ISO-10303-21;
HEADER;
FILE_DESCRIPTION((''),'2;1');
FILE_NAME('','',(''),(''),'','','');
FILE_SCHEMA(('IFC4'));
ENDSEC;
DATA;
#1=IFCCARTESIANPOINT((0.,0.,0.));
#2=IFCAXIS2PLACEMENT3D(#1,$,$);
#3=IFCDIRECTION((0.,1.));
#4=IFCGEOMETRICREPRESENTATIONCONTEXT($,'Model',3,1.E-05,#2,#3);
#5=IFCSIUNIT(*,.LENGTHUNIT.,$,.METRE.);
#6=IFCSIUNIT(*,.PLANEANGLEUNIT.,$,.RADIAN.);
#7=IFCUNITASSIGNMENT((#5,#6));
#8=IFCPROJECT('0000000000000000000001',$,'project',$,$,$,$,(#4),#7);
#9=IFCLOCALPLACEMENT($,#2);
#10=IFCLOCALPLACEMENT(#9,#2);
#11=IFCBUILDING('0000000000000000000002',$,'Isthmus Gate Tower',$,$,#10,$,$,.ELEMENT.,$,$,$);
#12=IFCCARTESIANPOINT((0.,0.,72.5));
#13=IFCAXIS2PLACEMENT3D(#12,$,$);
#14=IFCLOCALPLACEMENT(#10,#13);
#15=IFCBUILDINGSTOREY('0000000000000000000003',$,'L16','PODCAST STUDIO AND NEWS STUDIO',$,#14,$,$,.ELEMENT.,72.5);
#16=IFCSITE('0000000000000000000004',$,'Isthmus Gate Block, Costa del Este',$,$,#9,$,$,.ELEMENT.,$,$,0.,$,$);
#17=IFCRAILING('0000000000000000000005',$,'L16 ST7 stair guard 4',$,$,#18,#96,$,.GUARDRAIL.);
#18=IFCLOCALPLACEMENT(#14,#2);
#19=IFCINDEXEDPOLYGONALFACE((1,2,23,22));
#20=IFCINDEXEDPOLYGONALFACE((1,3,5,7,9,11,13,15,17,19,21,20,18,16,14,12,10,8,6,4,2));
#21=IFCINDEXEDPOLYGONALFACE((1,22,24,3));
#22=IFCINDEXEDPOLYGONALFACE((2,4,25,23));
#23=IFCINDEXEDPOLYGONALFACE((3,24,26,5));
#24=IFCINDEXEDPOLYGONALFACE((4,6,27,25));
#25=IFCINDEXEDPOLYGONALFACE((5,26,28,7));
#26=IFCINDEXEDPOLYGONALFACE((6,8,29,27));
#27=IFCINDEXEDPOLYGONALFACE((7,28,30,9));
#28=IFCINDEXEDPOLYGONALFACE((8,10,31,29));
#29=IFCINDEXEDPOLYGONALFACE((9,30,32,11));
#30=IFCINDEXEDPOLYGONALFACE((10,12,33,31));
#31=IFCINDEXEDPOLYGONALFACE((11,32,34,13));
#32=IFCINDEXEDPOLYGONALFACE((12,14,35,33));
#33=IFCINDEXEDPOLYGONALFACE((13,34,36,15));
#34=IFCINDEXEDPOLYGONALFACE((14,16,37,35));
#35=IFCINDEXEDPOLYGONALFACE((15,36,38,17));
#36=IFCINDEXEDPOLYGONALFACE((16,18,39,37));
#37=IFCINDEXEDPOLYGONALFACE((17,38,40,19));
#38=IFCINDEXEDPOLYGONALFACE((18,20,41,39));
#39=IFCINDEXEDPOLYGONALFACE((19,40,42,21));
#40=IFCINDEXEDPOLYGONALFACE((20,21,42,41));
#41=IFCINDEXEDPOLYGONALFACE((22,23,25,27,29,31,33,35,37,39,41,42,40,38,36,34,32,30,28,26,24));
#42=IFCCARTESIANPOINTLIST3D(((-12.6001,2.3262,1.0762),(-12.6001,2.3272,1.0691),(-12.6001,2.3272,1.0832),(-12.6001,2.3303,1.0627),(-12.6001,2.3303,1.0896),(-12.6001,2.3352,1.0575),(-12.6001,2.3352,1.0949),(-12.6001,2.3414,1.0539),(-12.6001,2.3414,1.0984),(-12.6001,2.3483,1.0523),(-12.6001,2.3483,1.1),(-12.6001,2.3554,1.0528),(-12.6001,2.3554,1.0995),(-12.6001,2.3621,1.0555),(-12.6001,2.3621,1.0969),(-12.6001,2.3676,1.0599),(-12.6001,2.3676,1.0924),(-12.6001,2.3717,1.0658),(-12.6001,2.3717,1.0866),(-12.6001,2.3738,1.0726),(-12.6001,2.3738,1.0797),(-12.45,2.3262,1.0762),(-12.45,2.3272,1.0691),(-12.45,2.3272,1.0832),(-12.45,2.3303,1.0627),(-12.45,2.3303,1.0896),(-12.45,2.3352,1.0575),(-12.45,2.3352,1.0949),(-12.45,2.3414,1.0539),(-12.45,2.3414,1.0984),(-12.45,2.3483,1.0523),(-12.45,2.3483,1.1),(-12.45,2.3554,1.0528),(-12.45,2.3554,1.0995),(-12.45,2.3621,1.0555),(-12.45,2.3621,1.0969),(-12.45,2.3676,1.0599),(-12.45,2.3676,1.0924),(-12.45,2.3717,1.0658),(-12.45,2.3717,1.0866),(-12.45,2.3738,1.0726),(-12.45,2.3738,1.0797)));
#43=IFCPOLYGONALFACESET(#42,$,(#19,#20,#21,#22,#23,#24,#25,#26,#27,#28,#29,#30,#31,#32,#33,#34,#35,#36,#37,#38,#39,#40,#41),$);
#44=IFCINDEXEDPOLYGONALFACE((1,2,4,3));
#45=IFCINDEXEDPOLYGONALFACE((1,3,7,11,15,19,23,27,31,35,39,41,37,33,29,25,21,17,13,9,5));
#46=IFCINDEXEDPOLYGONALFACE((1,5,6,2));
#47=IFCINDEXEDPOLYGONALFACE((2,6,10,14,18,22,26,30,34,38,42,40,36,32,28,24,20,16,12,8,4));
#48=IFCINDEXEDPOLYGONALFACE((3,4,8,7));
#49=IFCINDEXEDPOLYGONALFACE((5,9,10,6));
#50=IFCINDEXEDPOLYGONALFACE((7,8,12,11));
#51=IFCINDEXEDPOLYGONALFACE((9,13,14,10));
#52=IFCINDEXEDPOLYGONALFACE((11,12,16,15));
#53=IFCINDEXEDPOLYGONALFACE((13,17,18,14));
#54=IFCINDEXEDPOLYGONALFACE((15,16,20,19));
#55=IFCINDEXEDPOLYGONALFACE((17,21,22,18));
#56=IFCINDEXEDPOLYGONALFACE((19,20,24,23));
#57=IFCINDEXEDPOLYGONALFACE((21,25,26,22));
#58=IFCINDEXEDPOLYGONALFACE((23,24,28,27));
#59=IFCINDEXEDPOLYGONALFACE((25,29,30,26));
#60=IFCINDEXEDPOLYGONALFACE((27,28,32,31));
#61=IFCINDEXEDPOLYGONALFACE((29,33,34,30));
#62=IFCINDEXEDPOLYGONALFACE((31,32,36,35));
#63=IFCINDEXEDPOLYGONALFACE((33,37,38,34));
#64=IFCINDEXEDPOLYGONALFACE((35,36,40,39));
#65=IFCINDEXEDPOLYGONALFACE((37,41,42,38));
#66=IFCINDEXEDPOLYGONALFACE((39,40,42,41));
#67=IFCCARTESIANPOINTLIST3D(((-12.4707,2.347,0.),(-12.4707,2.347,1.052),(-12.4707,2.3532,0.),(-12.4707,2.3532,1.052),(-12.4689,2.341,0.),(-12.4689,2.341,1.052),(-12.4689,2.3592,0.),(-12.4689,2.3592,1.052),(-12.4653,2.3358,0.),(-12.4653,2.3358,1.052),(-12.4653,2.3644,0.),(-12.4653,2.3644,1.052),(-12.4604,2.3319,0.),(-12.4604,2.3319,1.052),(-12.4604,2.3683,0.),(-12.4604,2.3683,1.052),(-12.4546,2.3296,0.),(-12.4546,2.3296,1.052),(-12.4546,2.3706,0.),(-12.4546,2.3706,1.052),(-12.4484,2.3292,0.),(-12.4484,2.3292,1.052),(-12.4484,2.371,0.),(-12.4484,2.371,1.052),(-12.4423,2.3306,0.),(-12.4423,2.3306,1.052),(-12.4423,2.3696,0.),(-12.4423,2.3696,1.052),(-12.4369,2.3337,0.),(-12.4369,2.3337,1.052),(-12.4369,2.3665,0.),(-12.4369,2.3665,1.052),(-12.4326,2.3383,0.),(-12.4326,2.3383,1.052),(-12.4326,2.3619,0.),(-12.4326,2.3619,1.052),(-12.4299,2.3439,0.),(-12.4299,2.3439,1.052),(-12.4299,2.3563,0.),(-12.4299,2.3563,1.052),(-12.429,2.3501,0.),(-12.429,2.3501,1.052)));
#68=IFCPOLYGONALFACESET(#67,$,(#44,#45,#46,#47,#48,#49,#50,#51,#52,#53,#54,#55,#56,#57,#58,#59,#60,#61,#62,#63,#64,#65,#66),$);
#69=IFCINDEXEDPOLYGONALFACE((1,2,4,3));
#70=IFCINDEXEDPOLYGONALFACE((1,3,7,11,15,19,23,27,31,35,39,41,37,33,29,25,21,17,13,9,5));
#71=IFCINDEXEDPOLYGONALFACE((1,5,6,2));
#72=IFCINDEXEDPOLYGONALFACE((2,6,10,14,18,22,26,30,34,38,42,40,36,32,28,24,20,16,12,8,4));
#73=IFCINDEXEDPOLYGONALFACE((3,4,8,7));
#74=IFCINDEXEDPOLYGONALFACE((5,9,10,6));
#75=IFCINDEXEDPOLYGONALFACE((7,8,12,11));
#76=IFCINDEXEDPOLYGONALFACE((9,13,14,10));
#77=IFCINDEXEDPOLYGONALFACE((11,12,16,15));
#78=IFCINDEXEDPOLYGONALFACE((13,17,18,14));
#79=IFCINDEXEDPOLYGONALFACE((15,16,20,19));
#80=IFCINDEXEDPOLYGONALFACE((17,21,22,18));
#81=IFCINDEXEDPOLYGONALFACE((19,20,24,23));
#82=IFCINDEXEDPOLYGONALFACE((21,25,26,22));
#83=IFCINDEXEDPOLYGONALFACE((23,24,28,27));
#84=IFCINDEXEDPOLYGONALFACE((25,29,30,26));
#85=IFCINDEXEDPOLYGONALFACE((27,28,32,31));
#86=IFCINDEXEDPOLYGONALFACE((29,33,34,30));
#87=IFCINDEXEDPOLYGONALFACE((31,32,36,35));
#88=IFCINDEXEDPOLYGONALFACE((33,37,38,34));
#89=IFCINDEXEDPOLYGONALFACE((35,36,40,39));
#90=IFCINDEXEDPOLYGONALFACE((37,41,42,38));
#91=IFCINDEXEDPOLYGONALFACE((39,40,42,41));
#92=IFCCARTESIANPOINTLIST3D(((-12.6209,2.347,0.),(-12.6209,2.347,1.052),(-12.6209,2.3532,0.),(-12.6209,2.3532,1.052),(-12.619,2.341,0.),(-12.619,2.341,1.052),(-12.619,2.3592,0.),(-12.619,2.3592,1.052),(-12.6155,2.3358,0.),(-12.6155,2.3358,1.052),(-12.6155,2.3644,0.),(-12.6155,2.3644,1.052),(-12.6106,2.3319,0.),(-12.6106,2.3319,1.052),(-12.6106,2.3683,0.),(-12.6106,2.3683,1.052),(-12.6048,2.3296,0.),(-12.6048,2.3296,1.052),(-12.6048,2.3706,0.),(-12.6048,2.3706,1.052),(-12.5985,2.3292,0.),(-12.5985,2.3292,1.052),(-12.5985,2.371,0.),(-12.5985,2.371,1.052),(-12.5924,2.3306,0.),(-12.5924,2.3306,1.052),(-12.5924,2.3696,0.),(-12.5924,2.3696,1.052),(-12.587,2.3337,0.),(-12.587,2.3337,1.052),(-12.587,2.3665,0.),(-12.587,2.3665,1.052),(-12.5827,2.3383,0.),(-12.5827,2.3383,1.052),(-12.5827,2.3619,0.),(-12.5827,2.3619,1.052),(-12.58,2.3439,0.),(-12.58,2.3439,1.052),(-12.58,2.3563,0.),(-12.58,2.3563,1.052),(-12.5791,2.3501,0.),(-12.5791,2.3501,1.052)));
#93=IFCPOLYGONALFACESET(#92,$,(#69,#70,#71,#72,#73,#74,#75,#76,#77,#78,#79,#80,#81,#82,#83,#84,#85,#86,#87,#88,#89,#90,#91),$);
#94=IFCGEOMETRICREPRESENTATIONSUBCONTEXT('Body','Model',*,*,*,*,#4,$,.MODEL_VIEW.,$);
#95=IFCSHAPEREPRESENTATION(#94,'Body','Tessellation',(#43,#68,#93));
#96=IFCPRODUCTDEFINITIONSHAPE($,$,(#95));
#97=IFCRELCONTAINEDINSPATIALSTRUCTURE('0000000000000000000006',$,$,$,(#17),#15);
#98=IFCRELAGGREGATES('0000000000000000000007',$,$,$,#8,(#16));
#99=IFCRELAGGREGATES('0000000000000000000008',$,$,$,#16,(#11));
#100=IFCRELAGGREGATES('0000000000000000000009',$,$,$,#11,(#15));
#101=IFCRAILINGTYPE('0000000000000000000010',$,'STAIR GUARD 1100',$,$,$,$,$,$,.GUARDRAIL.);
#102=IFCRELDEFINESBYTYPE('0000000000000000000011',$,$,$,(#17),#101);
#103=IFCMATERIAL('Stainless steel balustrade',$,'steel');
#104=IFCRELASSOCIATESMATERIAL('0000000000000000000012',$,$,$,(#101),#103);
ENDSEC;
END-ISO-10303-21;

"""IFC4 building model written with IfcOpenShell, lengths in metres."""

from ifc_helpers import new_model, si_unit, direction, frame, origin, origin_2d, place, context, subcontext, project, spatial, circle, extrude, material, type_object, element, save


model = new_model("IFC4")

# Units and contexts
model_context = context("Model", 3, precision=1e-05, world=origin(), true_north=direction((0.0, 1.0)))
body_context = subcontext(model_context, "Body", "Model", "MODEL_VIEW")
ifc_project = project(units=[si_unit("LENGTHUNIT", "METRE"), si_unit("PLANEANGLEUNIT", "RADIAN")], contexts=[model_context])

# Site, building, storey
site_placement = place(None, origin())
site = spatial("IfcSite", under=ifc_project, at=site_placement, Name="Isthmus Gate Block, Costa del Este", CompositionType="ELEMENT", RefElevation=0.0)
building_placement = place(site_placement, origin())
building = spatial("IfcBuilding", under=site, at=building_placement, Name="Isthmus Gate Tower", CompositionType="ELEMENT")
storey_placement = place(building_placement, frame((0.0, 0.0, 72.5)))
storey = spatial("IfcBuildingStorey", under=building, at=storey_placement, Name="L16", Description="PODCAST STUDIO AND NEWS STUDIO", CompositionType="ELEMENT", Elevation=72.5)

# Railing
ifc_material_1 = material(Name="Stainless steel balustrade", Category="steel")
railing_type_1 = type_object("IfcRailingType", Name="STAIR GUARD 1100", PredefinedType="GUARDRAIL", material=ifc_material_1)
railing_1_placement = place(storey_placement, frame((-12.45, 2.3501, 0.0)))
element("IfcRailing", 1, at=railing_1_placement, inside=storey, type_object=railing_type_1, Name="L16 ST7 stair guard 4", PredefinedType="GUARDRAIL", context=body_context, shape_type="SweptSolid", body=[
    extrude(circle(Radius=0.0239, at=origin_2d()), frame((0.0, 0.0, 1.0762), z_axis=(-1.0, 0.0, 0.0), x_axis=(0.0, -1.0, 0.0)), (0.0, 0.0, 1.0), 0.1501),
    extrude(circle(Radius=0.021, at=origin_2d()), origin(), (0.0, 0.0, 1.0), 1.052),
    extrude(circle(Radius=0.021, at=origin_2d()), frame((-0.1501, 0.0, 0.0)), (0.0, 0.0, 1.0), 1.052),
])

save(model, "model.ifc")
